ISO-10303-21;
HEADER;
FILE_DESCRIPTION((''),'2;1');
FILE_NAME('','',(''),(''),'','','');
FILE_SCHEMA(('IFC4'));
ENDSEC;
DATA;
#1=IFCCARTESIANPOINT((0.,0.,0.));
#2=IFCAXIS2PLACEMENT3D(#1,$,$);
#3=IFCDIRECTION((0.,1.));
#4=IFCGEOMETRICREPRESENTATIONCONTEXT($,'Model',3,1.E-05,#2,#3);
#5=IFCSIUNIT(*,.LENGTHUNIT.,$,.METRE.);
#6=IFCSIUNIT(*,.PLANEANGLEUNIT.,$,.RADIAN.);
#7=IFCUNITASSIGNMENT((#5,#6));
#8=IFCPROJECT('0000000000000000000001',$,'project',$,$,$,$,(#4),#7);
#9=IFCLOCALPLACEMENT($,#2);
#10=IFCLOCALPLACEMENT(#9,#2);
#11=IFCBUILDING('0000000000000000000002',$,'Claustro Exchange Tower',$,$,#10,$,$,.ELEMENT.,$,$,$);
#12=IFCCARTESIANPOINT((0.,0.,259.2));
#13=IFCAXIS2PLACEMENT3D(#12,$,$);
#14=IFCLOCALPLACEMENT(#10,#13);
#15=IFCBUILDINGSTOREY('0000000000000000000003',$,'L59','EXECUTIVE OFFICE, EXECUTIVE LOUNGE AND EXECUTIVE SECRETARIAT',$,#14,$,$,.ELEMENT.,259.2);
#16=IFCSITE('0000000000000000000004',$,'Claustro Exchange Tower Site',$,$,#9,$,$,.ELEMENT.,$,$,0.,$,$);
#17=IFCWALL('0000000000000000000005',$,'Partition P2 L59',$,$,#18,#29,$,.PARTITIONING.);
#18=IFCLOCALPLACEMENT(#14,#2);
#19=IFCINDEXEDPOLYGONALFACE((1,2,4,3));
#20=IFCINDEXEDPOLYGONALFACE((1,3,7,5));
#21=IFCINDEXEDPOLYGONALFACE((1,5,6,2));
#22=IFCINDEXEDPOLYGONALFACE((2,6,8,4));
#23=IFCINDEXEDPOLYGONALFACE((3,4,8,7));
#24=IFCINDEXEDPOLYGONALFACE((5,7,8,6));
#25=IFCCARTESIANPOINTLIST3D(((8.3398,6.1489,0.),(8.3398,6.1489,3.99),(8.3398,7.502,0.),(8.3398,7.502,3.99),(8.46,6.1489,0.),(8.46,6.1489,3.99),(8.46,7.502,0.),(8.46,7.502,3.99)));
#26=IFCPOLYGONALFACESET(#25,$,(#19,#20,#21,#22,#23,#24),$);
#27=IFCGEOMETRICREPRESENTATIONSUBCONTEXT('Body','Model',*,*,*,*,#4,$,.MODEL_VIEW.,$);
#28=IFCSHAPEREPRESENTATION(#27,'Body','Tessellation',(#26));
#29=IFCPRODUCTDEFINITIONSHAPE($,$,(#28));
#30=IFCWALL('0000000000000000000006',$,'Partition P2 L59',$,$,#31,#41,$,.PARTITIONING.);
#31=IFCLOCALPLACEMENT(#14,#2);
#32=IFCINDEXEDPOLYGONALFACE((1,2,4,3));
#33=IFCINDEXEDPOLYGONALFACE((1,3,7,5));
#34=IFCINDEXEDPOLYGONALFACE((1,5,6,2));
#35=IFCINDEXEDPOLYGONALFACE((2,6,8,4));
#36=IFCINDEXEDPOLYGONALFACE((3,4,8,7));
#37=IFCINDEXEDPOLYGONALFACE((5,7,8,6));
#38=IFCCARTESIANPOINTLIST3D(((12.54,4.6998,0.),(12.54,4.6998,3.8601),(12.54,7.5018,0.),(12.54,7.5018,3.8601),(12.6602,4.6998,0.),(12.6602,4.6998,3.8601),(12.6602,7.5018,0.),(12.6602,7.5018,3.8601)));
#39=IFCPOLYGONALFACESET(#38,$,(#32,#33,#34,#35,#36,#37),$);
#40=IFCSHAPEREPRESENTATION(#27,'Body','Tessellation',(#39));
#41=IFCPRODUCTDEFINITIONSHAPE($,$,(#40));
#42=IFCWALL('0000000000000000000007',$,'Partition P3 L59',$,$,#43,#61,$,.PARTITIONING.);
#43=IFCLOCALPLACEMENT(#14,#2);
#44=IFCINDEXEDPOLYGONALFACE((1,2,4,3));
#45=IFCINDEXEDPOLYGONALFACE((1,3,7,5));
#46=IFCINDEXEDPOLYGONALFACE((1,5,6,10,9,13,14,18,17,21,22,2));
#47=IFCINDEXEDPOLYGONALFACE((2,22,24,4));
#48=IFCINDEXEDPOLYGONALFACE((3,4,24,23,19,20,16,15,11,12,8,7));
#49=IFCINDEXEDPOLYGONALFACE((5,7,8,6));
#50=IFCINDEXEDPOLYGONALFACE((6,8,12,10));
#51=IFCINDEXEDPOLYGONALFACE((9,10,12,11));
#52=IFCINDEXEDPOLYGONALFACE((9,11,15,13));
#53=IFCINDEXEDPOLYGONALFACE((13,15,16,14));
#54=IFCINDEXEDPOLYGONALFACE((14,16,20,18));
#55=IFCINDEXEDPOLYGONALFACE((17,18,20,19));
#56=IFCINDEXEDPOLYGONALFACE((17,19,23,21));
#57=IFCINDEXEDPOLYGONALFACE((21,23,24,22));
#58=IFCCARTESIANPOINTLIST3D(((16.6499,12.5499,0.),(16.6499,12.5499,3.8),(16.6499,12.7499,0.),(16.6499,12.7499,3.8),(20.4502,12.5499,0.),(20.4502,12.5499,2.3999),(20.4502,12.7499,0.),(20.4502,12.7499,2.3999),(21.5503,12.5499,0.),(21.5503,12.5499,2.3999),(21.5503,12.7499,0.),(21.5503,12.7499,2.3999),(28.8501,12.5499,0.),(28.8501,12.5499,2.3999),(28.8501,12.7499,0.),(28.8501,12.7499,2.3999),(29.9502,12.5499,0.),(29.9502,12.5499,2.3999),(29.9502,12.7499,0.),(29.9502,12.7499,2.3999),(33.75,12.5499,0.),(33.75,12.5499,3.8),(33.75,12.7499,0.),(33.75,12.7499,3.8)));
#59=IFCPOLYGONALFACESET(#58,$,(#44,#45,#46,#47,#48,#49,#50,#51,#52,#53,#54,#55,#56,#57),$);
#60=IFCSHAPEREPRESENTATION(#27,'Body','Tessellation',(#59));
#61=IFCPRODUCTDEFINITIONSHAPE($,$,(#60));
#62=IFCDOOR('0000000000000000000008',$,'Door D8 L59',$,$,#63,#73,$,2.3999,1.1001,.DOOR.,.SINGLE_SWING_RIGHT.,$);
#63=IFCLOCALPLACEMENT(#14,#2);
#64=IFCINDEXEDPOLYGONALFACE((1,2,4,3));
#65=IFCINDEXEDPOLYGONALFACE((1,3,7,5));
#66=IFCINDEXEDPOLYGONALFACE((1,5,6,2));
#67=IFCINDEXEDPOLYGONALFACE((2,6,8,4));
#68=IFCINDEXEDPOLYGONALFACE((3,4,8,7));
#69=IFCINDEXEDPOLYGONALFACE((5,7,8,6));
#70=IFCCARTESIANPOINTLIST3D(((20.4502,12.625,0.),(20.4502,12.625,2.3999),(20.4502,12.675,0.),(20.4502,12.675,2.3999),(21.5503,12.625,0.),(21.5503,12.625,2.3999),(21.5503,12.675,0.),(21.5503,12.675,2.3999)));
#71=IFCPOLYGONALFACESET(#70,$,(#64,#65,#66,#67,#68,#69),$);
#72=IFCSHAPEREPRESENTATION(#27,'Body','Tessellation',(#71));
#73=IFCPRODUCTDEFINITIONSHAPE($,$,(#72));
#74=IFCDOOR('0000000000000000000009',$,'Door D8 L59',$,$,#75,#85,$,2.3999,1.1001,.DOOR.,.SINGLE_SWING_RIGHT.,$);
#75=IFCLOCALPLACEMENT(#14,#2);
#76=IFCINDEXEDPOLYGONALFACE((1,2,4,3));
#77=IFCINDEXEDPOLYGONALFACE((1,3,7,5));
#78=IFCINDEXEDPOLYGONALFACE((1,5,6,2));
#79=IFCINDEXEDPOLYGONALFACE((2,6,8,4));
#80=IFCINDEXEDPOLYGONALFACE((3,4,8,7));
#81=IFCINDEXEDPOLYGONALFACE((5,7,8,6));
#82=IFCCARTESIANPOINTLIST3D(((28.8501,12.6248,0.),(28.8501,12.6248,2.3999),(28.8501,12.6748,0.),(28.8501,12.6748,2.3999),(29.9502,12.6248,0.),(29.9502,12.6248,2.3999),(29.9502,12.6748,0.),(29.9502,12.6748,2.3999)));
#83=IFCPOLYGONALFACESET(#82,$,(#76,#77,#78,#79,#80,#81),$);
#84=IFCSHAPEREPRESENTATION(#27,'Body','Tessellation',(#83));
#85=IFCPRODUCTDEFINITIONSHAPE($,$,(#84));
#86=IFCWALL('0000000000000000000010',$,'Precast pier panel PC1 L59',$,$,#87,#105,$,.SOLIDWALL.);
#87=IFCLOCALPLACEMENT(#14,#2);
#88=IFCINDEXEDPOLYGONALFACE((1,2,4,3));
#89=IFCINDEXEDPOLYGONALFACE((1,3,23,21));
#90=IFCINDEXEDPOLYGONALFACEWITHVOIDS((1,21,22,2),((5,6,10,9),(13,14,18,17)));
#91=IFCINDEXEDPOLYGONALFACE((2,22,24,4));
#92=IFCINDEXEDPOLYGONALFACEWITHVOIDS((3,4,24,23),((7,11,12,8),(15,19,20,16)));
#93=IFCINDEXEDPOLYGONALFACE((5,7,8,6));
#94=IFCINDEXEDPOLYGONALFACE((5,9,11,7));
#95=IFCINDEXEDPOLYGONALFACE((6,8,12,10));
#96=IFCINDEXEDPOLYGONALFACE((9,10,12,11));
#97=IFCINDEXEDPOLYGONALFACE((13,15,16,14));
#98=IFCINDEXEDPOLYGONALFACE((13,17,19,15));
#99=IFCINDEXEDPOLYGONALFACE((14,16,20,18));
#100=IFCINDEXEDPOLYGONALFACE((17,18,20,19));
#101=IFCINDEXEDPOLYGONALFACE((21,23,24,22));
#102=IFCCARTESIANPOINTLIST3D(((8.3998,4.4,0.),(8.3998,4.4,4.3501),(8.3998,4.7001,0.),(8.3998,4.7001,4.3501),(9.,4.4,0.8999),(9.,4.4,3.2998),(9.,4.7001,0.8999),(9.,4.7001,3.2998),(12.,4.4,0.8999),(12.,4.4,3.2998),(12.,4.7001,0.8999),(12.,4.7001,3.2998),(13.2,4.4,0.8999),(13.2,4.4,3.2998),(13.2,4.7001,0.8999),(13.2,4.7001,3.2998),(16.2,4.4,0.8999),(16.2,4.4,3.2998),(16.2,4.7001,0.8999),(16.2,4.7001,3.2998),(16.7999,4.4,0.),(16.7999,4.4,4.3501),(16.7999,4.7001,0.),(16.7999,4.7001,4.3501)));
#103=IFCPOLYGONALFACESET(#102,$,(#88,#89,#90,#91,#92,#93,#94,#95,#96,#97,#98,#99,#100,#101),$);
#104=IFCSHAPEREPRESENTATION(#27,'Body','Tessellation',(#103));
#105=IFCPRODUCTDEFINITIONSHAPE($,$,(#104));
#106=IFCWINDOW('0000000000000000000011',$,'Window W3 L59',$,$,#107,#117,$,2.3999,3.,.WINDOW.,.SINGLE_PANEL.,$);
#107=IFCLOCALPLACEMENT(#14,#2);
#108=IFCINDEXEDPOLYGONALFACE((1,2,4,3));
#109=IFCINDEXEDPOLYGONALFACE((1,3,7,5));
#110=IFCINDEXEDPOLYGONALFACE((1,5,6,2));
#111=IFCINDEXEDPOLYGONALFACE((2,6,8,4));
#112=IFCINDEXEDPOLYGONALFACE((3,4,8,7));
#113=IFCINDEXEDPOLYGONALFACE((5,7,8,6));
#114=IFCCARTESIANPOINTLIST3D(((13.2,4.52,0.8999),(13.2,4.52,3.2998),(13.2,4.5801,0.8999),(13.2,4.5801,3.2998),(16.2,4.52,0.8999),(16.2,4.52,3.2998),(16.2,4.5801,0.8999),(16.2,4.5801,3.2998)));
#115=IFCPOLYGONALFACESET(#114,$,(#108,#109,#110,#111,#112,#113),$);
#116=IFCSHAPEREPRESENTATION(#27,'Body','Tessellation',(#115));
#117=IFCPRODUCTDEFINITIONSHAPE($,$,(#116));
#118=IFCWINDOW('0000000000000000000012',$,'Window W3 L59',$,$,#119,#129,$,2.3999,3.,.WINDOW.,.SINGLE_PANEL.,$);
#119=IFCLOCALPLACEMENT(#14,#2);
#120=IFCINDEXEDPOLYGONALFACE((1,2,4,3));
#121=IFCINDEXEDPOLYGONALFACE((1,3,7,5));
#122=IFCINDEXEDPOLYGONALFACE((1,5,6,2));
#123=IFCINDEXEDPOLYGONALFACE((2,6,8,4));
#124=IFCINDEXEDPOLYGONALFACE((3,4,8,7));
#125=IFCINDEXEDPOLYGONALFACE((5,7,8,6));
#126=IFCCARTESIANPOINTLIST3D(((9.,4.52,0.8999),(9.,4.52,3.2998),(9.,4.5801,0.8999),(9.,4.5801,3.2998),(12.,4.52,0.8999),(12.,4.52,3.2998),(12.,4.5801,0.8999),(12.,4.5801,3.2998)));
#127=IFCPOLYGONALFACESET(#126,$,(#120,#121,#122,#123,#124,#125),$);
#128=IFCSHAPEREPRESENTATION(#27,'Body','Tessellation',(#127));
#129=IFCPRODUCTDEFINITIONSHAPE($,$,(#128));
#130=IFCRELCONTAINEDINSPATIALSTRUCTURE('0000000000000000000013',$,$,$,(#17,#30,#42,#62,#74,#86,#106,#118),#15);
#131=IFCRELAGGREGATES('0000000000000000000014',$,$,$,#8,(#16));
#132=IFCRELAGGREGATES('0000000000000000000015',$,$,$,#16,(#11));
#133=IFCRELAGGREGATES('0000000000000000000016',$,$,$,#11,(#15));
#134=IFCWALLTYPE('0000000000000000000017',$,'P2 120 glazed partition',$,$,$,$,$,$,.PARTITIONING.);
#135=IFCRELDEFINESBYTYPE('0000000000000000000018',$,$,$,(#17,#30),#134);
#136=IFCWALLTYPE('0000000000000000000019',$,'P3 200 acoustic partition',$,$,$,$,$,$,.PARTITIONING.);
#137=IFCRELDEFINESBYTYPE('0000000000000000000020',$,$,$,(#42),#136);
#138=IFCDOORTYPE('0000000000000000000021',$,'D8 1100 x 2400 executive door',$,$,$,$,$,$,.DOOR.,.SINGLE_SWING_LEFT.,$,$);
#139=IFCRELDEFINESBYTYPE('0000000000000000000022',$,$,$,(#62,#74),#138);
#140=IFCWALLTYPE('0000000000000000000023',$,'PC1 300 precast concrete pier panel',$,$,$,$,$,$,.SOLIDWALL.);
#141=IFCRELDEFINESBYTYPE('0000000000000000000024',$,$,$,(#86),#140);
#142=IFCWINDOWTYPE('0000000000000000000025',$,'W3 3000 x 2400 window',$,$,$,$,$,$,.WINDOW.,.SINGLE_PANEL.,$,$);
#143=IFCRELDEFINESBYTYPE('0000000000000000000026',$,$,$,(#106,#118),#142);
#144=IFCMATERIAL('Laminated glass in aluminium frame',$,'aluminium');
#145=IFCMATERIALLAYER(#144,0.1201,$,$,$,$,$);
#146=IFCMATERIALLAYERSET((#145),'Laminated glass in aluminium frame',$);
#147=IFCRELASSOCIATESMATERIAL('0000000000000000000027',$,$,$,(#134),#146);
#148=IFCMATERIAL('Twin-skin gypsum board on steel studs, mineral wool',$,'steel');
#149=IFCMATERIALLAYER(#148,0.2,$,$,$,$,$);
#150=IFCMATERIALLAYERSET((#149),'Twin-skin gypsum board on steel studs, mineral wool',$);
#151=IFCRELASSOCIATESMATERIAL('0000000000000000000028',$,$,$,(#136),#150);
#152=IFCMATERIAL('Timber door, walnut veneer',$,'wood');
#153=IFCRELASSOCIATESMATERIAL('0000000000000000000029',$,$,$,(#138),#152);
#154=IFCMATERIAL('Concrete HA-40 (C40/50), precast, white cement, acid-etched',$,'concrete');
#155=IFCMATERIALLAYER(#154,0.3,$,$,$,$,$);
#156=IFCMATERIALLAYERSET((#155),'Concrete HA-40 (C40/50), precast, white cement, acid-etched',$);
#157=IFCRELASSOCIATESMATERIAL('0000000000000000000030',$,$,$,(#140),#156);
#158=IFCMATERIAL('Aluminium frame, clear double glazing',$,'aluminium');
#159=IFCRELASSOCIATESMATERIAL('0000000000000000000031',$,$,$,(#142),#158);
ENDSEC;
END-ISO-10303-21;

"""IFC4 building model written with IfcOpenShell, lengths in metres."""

from ifc_helpers import new_model, si_unit, direction, frame, frame_2d, origin, place, context, subcontext, project, spatial, rectangle, extrude, material, layer, layer_set, type_object, element, fill, save


model = new_model("IFC4")

# Units and contexts
model_context = context("Model", 3, precision=1e-05, world=origin(), true_north=direction((0.0, 1.0)))
body_context = subcontext(model_context, "Body", "Model", "MODEL_VIEW")
ifc_project = project(units=[si_unit("LENGTHUNIT", "METRE"), si_unit("PLANEANGLEUNIT", "RADIAN")], contexts=[model_context])

# Site, building, storey
site_placement = place(None, origin())
site = spatial("IfcSite", under=ifc_project, at=site_placement, Name="Claustro Exchange Tower Site", CompositionType="ELEMENT", RefElevation=0.0)
building_placement = place(site_placement, origin())
building = spatial("IfcBuilding", under=site, at=building_placement, Name="Claustro Exchange Tower", CompositionType="ELEMENT")
storey_placement = place(building_placement, frame((0.0, 0.0, 259.2)))
storey = spatial("IfcBuildingStorey", under=building, at=storey_placement, Name="L59", Description="EXECUTIVE OFFICE, EXECUTIVE LOUNGE AND EXECUTIVE SECRETARIAT", CompositionType="ELEMENT", Elevation=259.2)

# Walls
ifc_material_1 = material(Name="Laminated glass in aluminium frame", Category="aluminium")
ifc_layer_1 = layer(ifc_material_1, 0.1201)
ifc_layer_set_1 = layer_set([ifc_layer_1], Name="Laminated glass in aluminium frame")
wall_type_1 = type_object("IfcWallType", Name="P2 120 glazed partition", PredefinedType="PARTITIONING", material=ifc_layer_set_1)
wall_1_placement = place(storey_placement, frame((8.3999, 6.1489, 0.0), z_axis=(0.0, 0.0, 1.0), x_axis=(0.0, 1.0, 0.0)))
element("IfcWall", 1, at=wall_1_placement, inside=storey, type_object=wall_type_1, Name="Partition P2 L59", PredefinedType="PARTITIONING", context=body_context, shape_type="SweptSolid", body=[
    extrude(rectangle(XDim=1.353, YDim=0.1201, at=frame_2d((0.6765, 0.0))), origin(), (0.0, 0.0, 1.0), 3.99),
])
wall_2_placement = place(storey_placement, frame((12.6001, 4.7, 0.0), z_axis=(0.0, 0.0, 1.0), x_axis=(0.0, 1.0, 0.0)))
element("IfcWall", 2, at=wall_2_placement, inside=storey, type_object=wall_type_1, Name="Partition P2 L59", PredefinedType="PARTITIONING", context=body_context, shape_type="SweptSolid", body=[
    extrude(rectangle(XDim=2.802, YDim=0.1201, at=frame_2d((1.4009, 0.0))), origin(), (0.0, 0.0, 1.0), 3.8601),
])

# Wall, openings, doors
ifc_material_2 = material(Name="Twin-skin gypsum board on steel studs, mineral wool", Category="steel")
ifc_layer_2 = layer(ifc_material_2, 0.2)
ifc_layer_set_2 = layer_set([ifc_layer_2], Name="Twin-skin gypsum board on steel studs, mineral wool")
wall_type_2 = type_object("IfcWallType", Name="P3 200 acoustic partition", PredefinedType="PARTITIONING", material=ifc_layer_set_2)
wall_3_placement = place(storey_placement, frame((16.6499, 12.6499, 0.0), z_axis=(0.0, 0.0, 1.0), x_axis=(1.0, 0.0, 0.0)))
wall_3 = element("IfcWall", 3, at=wall_3_placement, inside=storey, type_object=wall_type_2, Name="Partition P3 L59", PredefinedType="PARTITIONING", context=body_context, shape_type="SweptSolid", body=[
    extrude(rectangle(XDim=17.1001, YDim=0.2, at=frame_2d((8.55, 0.0))), origin(), (0.0, 0.0, 1.0), 3.8),
])
opening_1_placement = place(wall_3_placement, frame((3.8003, 0.0, 0.0)))
opening_1 = element("IfcOpeningElement", 4, at=opening_1_placement, cuts=wall_3, PredefinedType="OPENING", context=body_context, shape_type="SweptSolid", body=[
    extrude(rectangle(XDim=1.1001, YDim=2.3999, at=frame_2d((0.55, 1.2))), frame((0.0, 0.1099, 0.0), z_axis=(0.0, -1.0, 0.0), x_axis=(1.0, 0.0, 0.0)), (0.0, 0.0, 1.0), 0.22),
])
opening_2_placement = place(wall_3_placement, frame((12.2002, 0.0, 0.0)))
opening_2 = element("IfcOpeningElement", 5, at=opening_2_placement, cuts=wall_3, PredefinedType="OPENING", context=body_context, shape_type="SweptSolid", body=[
    extrude(rectangle(XDim=1.1001, YDim=2.3999, at=frame_2d((0.55, 1.2))), frame((0.0, 0.1099, 0.0), z_axis=(0.0, -1.0, 0.0), x_axis=(1.0, 0.0, 0.0)), (0.0, 0.0, 1.0), 0.22),
])
ifc_material_3 = material(Name="Timber door, walnut veneer", Category="wood")
door_type_1 = type_object("IfcDoorType", Name="D8 1100 x 2400 executive door", OperationType="SINGLE_SWING_LEFT", PredefinedType="DOOR", material=ifc_material_3)
door_1_placement = place(opening_1_placement, frame((1.1001, 0.0, 0.0), z_axis=(0.0, 0.0, 1.0), x_axis=(-1.0, 0.0, 0.0)))
door_1 = element("IfcDoor", 6, at=door_1_placement, inside=storey, type_object=door_type_1, Name="Door D8 L59", OperationType="SINGLE_SWING_RIGHT", OverallHeight=2.3999, OverallWidth=1.1001, PredefinedType="DOOR", context=body_context, shape_type="SweptSolid", body=[
    extrude(rectangle(XDim=1.1001, YDim=2.3999, at=frame_2d((0.55, 1.2))), frame((0.0, 0.0249, 0.0), z_axis=(0.0, -1.0, 0.0), x_axis=(1.0, 0.0, 0.0)), (0.0, 0.0, 1.0), 0.05),
])
fill(opening_1, door_1)
door_2_placement = place(opening_2_placement, origin())
door_2 = element("IfcDoor", 7, at=door_2_placement, inside=storey, type_object=door_type_1, Name="Door D8 L59", OperationType="SINGLE_SWING_RIGHT", OverallHeight=2.3999, OverallWidth=1.1001, PredefinedType="DOOR", context=body_context, shape_type="SweptSolid", body=[
    extrude(rectangle(XDim=1.1001, YDim=2.3999, at=frame_2d((0.55, 1.2))), frame((0.0, 0.0249, 0.0), z_axis=(0.0, -1.0, 0.0), x_axis=(1.0, 0.0, 0.0)), (0.0, 0.0, 1.0), 0.05),
])
fill(opening_2, door_2)

# Wall, openings, windows
ifc_material_4 = material(Name="Concrete HA-40 (C40/50), precast, white cement, acid-etched", Category="concrete")
ifc_layer_3 = layer(ifc_material_4, 0.3)
ifc_layer_set_3 = layer_set([ifc_layer_3], Name="Concrete HA-40 (C40/50), precast, white cement, acid-etched")
wall_type_3 = type_object("IfcWallType", Name="PC1 300 precast concrete pier panel", PredefinedType="SOLIDWALL", material=ifc_layer_set_3)
wall_4_placement = place(storey_placement, frame((16.8, 4.55, 0.0), z_axis=(0.0, 0.0, 1.0), x_axis=(-1.0, 0.0, 0.0)))
wall_4 = element("IfcWall", 8, at=wall_4_placement, inside=storey, type_object=wall_type_3, Name="Precast pier panel PC1 L59", PredefinedType="SOLIDWALL", context=body_context, shape_type="SweptSolid", body=[
    extrude(rectangle(XDim=8.4001, YDim=0.3, at=frame_2d((4.2002, 0.0))), origin(), (0.0, 0.0, 1.0), 4.3501),
])
opening_3_placement = place(wall_4_placement, frame((0.6001, 0.0, 0.8999)))
opening_3 = element("IfcOpeningElement", 9, at=opening_3_placement, cuts=wall_4, PredefinedType="OPENING", context=body_context, shape_type="SweptSolid", body=[
    extrude(rectangle(XDim=3.0, YDim=2.3999, at=frame_2d((1.5, 1.2))), frame((0.0, 0.1599, 0.0), z_axis=(0.0, -1.0, 0.0), x_axis=(1.0, 0.0, 0.0)), (0.0, 0.0, 1.0), 0.3201),
])
opening_4_placement = place(wall_4_placement, frame((4.8, 0.0, 0.8999)))
opening_4 = element("IfcOpeningElement", 10, at=opening_4_placement, cuts=wall_4, PredefinedType="OPENING", context=body_context, shape_type="SweptSolid", body=[
    extrude(rectangle(XDim=3.0, YDim=2.3999, at=frame_2d((1.5, 1.2))), frame((0.0, 0.1599, 0.0), z_axis=(0.0, -1.0, 0.0), x_axis=(1.0, 0.0, 0.0)), (0.0, 0.0, 1.0), 0.3201),
])
ifc_material_5 = material(Name="Aluminium frame, clear double glazing", Category="aluminium")
window_type = type_object("IfcWindowType", Name="W3 3000 x 2400 window", PartitioningType="SINGLE_PANEL", PredefinedType="WINDOW", material=ifc_material_5)
window_1_placement = place(opening_3_placement, origin())
window_1 = element("IfcWindow", 11, at=window_1_placement, inside=storey, type_object=window_type, Name="Window W3 L59", OverallHeight=2.3999, OverallWidth=3.0, PartitioningType="SINGLE_PANEL", PredefinedType="WINDOW", context=body_context, shape_type="SweptSolid", body=[
    extrude(rectangle(XDim=3.0, YDim=2.3999, at=frame_2d((1.5, 1.2))), frame((0.0, 0.03, 0.0), z_axis=(0.0, -1.0, 0.0), x_axis=(1.0, 0.0, 0.0)), (0.0, 0.0, 1.0), 0.0601),
])
fill(opening_3, window_1)
window_2_placement = place(opening_4_placement, origin())
window_2 = element("IfcWindow", 12, at=window_2_placement, inside=storey, type_object=window_type, Name="Window W3 L59", OverallHeight=2.3999, OverallWidth=3.0, PartitioningType="SINGLE_PANEL", PredefinedType="WINDOW", context=body_context, shape_type="SweptSolid", body=[
    extrude(rectangle(XDim=3.0, YDim=2.3999, at=frame_2d((1.5, 1.2))), frame((0.0, 0.03, 0.0), z_axis=(0.0, -1.0, 0.0), x_axis=(1.0, 0.0, 0.0)), (0.0, 0.0, 1.0), 0.0601),
])
fill(opening_4, window_2)

save(model, "model.ifc")
